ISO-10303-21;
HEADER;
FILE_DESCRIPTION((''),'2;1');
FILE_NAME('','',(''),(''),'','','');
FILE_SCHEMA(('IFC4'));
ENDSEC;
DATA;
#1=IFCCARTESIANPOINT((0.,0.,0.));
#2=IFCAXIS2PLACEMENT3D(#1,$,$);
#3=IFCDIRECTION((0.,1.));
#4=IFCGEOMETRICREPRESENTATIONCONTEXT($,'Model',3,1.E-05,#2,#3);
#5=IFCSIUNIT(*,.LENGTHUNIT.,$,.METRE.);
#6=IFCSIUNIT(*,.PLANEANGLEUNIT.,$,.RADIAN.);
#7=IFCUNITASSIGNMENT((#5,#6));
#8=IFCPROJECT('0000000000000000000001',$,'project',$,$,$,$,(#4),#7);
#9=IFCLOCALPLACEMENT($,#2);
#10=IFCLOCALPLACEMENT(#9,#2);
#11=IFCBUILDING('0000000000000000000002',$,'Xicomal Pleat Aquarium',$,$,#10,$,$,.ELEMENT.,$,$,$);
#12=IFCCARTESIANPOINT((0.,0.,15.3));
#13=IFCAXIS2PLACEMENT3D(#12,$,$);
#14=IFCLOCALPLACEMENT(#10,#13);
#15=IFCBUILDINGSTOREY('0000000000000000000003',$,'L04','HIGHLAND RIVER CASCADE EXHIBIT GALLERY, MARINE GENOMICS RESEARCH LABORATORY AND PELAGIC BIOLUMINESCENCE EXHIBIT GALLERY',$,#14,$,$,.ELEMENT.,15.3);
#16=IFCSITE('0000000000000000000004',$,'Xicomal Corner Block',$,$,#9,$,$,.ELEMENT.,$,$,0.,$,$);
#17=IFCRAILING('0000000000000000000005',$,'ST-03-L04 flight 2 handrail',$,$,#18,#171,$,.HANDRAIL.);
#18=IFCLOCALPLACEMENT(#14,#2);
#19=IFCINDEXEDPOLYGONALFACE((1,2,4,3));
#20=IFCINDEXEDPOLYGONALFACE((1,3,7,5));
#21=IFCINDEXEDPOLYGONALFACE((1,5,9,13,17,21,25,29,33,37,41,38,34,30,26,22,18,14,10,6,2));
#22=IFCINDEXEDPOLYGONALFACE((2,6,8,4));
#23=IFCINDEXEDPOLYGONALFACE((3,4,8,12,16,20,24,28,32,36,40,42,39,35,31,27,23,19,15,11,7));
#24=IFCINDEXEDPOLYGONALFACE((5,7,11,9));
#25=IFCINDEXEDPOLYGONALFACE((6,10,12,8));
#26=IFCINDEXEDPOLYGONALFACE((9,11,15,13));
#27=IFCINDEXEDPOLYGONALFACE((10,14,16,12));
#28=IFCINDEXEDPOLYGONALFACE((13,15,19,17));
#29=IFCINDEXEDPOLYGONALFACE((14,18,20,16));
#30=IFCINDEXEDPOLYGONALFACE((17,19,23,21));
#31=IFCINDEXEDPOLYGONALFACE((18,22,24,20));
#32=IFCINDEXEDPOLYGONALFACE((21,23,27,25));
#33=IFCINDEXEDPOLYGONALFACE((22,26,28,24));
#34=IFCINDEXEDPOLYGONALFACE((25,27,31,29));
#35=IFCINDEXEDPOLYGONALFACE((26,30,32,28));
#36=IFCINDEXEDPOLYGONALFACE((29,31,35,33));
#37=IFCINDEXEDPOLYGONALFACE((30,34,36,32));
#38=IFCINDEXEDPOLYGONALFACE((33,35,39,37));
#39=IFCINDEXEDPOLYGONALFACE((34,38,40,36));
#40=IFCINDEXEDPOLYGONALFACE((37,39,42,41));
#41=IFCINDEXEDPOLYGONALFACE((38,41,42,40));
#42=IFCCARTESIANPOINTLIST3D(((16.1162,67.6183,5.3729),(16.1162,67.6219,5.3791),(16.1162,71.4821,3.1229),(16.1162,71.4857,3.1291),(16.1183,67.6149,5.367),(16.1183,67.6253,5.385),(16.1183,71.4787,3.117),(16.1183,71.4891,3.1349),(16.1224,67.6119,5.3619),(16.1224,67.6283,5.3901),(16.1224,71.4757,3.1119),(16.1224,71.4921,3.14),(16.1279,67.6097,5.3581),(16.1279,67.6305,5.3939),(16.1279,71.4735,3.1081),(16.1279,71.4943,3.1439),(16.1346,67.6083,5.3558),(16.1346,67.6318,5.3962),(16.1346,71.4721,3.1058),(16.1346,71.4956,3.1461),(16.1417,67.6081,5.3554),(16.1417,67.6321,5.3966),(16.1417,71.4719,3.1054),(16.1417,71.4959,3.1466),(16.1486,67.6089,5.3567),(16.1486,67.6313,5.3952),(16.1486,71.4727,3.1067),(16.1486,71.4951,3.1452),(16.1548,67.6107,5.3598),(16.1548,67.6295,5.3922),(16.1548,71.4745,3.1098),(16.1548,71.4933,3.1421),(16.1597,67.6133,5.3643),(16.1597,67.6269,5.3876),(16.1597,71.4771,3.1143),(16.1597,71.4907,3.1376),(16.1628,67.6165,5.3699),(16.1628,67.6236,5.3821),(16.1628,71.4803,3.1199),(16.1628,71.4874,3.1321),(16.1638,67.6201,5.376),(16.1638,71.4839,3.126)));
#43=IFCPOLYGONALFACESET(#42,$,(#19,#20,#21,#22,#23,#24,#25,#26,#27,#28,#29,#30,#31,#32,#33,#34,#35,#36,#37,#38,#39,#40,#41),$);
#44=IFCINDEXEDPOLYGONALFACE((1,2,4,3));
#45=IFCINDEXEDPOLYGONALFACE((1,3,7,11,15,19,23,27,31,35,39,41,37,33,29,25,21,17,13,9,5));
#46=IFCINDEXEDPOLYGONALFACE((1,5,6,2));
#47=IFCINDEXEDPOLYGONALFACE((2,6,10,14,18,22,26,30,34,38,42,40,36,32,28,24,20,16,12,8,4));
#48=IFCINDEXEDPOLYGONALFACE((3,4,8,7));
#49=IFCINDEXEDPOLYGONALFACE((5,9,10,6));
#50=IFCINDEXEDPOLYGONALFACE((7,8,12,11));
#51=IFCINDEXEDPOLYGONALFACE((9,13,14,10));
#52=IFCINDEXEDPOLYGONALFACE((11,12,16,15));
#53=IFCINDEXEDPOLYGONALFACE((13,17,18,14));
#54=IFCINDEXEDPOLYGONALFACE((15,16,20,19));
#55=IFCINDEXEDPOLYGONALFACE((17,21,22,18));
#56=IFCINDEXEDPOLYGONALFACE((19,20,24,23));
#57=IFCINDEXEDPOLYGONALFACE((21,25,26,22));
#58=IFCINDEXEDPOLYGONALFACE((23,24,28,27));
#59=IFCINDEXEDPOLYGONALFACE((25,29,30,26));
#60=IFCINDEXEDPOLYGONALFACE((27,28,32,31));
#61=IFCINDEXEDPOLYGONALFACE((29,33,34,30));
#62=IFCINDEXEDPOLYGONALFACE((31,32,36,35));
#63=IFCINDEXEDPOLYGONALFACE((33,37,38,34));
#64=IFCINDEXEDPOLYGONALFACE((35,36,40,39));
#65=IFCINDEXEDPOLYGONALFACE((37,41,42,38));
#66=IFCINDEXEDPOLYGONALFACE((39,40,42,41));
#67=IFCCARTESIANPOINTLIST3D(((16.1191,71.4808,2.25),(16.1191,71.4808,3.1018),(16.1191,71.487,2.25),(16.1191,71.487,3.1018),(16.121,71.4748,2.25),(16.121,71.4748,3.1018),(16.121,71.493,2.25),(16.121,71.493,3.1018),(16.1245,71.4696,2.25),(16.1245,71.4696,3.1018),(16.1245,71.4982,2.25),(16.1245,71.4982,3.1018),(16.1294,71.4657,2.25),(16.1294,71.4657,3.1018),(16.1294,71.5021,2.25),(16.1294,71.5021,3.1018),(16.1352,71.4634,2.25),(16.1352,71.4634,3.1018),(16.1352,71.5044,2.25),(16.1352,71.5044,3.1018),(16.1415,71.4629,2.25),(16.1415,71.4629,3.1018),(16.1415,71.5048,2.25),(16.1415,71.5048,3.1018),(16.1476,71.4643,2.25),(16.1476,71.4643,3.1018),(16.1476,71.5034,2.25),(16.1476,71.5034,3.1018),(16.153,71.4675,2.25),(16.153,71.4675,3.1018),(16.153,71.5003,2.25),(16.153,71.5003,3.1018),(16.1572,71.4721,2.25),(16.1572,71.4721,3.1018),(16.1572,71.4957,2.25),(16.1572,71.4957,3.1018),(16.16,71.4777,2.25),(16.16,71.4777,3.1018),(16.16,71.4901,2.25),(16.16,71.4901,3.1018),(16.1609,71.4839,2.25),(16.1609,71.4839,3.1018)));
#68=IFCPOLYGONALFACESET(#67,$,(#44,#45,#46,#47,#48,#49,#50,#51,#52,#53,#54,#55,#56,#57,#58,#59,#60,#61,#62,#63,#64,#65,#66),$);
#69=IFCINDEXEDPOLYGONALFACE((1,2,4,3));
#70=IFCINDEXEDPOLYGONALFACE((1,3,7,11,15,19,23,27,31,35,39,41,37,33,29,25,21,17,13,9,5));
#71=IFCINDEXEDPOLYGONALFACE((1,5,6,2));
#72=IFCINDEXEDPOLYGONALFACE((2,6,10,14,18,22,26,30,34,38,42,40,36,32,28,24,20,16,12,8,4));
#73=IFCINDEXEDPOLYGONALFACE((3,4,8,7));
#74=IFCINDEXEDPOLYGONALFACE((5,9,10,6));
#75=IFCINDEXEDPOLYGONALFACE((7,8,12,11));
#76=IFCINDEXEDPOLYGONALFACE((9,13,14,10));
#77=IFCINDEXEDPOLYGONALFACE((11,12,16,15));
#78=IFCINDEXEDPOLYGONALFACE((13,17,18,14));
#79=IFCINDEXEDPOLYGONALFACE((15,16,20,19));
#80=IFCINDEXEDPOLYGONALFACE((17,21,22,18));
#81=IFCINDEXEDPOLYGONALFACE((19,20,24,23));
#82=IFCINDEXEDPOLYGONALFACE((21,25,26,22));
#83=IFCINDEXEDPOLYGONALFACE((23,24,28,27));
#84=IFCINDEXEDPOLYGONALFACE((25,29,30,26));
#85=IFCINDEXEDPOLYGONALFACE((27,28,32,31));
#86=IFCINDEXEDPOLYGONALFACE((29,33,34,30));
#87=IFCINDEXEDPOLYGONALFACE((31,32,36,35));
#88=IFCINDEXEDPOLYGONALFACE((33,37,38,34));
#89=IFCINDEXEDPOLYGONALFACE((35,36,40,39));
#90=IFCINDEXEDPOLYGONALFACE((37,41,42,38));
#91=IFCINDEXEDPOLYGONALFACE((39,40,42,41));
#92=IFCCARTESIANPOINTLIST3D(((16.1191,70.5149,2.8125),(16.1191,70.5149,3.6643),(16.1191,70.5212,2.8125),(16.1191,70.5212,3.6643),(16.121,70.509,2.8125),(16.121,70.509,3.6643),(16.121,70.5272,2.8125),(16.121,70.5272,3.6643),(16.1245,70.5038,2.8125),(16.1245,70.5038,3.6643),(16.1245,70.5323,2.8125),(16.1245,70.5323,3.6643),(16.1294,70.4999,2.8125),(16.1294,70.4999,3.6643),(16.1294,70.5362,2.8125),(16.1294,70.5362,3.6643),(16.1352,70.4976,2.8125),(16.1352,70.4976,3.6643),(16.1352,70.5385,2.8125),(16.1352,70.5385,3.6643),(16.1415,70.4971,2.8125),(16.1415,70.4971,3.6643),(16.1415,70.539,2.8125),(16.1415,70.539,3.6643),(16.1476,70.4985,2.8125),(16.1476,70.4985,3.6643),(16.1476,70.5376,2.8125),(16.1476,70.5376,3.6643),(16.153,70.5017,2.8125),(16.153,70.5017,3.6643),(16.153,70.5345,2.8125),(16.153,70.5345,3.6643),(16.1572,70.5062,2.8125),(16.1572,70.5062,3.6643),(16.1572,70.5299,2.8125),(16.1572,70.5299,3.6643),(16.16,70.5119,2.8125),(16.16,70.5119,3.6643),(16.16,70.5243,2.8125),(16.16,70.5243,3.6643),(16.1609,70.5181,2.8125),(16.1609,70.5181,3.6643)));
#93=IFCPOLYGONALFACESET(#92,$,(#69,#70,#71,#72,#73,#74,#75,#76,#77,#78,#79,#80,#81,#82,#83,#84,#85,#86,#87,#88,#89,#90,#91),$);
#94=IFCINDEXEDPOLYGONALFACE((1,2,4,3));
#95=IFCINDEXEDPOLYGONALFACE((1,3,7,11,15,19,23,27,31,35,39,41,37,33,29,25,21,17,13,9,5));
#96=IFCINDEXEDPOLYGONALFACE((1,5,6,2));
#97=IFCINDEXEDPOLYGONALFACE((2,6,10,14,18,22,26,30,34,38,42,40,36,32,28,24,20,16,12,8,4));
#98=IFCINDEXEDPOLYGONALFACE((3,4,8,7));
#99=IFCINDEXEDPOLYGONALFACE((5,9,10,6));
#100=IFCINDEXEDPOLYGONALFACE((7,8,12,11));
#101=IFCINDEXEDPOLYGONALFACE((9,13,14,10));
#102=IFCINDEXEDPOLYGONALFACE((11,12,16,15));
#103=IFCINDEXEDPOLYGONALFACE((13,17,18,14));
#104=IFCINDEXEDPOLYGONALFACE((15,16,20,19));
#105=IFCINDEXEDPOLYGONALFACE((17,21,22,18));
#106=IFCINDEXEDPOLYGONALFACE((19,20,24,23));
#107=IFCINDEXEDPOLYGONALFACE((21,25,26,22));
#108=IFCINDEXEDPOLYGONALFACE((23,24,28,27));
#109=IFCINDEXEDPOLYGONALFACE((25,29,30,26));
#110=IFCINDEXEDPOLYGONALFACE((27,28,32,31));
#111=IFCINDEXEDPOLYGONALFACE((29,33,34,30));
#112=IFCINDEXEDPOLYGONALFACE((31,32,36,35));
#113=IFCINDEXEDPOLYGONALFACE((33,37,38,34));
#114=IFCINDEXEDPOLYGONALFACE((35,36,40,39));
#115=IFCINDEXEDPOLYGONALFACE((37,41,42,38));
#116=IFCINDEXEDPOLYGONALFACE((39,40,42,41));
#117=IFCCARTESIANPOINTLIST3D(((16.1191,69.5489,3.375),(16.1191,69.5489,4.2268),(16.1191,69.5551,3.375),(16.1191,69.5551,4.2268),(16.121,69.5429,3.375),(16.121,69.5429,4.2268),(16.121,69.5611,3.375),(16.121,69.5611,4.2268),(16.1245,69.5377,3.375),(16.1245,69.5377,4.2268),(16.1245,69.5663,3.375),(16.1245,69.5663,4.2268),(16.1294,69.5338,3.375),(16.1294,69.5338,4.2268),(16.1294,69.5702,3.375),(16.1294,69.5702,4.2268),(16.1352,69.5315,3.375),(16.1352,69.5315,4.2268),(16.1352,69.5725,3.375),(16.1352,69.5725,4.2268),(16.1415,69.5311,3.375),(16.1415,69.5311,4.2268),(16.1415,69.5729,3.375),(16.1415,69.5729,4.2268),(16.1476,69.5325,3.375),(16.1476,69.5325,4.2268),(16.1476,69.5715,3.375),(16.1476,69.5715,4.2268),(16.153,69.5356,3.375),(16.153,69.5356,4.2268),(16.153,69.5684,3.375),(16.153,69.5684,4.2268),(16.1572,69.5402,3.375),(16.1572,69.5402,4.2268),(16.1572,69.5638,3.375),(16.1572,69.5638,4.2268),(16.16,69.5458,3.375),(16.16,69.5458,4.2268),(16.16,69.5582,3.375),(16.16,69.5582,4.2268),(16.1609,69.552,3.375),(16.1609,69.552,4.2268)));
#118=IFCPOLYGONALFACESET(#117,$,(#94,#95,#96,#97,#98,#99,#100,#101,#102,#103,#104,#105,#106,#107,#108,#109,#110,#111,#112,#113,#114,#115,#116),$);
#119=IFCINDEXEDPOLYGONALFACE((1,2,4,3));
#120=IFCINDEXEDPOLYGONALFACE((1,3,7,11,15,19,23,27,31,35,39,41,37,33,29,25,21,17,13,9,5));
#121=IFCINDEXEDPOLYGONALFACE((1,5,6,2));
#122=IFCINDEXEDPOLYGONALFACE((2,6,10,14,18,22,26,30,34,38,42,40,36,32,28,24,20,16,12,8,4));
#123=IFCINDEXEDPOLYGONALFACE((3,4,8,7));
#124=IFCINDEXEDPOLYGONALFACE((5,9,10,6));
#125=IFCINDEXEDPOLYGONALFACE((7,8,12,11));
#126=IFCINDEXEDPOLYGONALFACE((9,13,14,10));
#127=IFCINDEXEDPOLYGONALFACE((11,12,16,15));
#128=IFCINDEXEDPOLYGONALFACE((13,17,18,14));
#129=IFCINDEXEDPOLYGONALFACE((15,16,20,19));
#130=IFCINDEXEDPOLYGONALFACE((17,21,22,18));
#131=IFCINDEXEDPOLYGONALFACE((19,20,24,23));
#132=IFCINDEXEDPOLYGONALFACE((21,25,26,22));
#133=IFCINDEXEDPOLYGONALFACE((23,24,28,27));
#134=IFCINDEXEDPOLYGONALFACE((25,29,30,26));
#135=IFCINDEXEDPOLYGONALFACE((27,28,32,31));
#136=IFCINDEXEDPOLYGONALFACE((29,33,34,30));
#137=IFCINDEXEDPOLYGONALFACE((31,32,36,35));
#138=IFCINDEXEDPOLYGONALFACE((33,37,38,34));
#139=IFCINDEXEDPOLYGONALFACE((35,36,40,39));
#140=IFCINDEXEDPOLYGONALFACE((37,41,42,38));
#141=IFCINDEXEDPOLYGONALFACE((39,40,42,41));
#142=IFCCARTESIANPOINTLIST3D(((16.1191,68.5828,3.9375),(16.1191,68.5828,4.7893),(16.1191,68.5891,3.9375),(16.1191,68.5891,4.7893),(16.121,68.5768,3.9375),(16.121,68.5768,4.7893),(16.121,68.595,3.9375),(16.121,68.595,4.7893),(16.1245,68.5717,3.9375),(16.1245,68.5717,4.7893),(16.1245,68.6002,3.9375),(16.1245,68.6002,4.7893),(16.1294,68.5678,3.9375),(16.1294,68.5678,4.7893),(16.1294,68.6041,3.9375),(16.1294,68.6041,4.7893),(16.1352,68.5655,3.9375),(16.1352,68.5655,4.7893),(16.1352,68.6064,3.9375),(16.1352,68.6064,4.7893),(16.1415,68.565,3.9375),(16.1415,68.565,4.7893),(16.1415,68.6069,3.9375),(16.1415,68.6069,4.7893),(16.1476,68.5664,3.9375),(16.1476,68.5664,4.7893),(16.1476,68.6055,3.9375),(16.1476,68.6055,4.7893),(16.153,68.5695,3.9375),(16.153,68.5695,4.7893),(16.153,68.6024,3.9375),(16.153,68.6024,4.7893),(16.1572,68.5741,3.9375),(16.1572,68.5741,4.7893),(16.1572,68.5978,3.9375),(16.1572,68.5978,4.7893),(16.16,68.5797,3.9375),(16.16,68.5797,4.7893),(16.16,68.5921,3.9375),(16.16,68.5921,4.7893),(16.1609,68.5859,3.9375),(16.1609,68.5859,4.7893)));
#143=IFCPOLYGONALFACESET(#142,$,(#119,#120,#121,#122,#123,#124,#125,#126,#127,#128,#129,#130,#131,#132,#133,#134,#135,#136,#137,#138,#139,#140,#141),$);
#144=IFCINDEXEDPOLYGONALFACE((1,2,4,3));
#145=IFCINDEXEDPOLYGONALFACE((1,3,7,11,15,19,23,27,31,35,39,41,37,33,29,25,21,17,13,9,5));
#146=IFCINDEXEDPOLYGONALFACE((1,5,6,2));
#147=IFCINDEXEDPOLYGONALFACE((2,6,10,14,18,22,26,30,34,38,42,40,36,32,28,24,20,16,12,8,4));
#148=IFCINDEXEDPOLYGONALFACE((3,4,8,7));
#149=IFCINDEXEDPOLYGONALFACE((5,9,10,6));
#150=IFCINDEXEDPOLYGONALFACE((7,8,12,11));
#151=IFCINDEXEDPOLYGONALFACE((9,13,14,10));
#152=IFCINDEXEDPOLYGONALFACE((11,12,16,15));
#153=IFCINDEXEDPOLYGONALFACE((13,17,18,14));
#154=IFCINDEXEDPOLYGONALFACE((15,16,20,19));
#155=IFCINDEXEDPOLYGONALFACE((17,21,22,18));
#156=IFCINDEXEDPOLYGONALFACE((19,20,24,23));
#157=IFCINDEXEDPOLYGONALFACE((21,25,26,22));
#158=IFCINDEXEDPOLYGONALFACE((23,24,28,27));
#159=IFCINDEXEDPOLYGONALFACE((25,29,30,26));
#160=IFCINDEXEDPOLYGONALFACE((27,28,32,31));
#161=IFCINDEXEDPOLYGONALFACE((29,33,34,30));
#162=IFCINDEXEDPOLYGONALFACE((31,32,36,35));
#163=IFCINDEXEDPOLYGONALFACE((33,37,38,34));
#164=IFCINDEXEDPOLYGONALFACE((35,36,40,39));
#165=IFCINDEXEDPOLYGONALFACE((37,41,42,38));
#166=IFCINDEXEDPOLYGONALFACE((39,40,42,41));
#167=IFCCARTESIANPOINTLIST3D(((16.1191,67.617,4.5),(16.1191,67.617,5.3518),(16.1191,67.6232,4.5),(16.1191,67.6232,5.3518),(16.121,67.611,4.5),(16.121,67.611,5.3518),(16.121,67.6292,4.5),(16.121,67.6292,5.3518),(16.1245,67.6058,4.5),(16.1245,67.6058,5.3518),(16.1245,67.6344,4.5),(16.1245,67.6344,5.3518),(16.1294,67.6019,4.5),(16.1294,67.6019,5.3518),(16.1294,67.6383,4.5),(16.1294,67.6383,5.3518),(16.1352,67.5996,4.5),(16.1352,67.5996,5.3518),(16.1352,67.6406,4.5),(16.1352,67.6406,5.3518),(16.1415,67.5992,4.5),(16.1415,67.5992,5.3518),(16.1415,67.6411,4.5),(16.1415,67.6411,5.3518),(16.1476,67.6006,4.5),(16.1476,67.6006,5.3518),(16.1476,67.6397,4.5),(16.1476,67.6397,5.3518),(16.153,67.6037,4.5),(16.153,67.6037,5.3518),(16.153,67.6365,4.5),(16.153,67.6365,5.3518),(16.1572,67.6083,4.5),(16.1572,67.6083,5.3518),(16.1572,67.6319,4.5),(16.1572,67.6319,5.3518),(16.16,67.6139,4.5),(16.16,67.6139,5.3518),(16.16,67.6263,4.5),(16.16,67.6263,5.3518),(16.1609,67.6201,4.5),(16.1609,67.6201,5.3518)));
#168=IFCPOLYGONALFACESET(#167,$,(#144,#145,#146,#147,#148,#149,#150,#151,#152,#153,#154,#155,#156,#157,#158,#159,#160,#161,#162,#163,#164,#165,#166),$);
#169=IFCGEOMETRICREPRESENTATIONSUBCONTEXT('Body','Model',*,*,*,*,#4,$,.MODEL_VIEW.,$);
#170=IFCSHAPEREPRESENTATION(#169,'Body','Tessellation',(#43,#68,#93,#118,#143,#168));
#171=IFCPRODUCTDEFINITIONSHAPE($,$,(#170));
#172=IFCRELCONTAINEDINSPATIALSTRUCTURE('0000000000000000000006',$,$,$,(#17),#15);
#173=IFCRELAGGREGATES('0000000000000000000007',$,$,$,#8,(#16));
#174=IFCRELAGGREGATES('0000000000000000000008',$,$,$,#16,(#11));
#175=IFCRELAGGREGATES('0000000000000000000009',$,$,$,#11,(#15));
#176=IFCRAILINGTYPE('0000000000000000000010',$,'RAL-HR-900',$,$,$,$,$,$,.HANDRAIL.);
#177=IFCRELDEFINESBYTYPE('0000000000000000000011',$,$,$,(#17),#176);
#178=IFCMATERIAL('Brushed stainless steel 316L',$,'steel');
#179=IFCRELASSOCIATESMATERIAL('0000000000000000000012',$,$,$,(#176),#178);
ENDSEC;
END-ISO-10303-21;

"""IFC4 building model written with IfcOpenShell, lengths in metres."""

from ifc_helpers import new_model, si_unit, direction, frame, origin, origin_2d, place, context, subcontext, project, spatial, circle, extrude, material, type_object, element, save


model = new_model("IFC4")

# Units and contexts
model_context = context("Model", 3, precision=1e-05, world=origin(), true_north=direction((0.0, 1.0)))
body_context = subcontext(model_context, "Body", "Model", "MODEL_VIEW")
ifc_project = project(units=[si_unit("LENGTHUNIT", "METRE"), si_unit("PLANEANGLEUNIT", "RADIAN")], contexts=[model_context])

# Site, building, storey
site_placement = place(None, origin())
site = spatial("IfcSite", under=ifc_project, at=site_placement, Name="Xicomal Corner Block", CompositionType="ELEMENT", RefElevation=0.0)
building_placement = place(site_placement, origin())
building = spatial("IfcBuilding", under=site, at=building_placement, Name="Xicomal Pleat Aquarium", CompositionType="ELEMENT")
storey_placement = place(building_placement, frame((0.0, 0.0, 15.3)))
storey = spatial("IfcBuildingStorey", under=building, at=storey_placement, Name="L04", Description="HIGHLAND RIVER CASCADE EXHIBIT GALLERY, MARINE GENOMICS RESEARCH LABORATORY AND PELAGIC BIOLUMINESCENCE EXHIBIT GALLERY", CompositionType="ELEMENT", Elevation=15.3)

# Railing
ifc_material_1 = material(Name="Brushed stainless steel 316L", Category="steel")
railing_type = type_object("IfcRailingType", Name="RAL-HR-900", PredefinedType="HANDRAIL", material=ifc_material_1)
railing_placement = place(storey_placement, frame((16.1399, 71.4839, 2.25)))
element("IfcRailing", 1, at=railing_placement, inside=storey, type_object=railing_type, Name="ST-03-L04 flight 2 handrail", PredefinedType="HANDRAIL", context=body_context, shape_type="SweptSolid", body=[
    extrude(circle(Radius=0.0239, at=origin_2d()), frame((0.0, 0.0, 0.876), z_axis=(0.0, -0.864155, 0.503226), x_axis=(1.0, 0.0, 0.0)), (0.0, 0.0, 1.0), 4.4712),
    extrude(circle(Radius=0.021, at=origin_2d()), origin(), (0.0, 0.0, 1.0), 0.8518),
    extrude(circle(Radius=0.021, at=origin_2d()), frame((0.0, -0.9658, 0.5625)), (0.0, 0.0, 1.0), 0.8518),
    extrude(circle(Radius=0.021, at=origin_2d()), frame((0.0, -1.9319, 1.125)), (0.0, 0.0, 1.0), 0.8518),
    extrude(circle(Radius=0.021, at=origin_2d()), frame((0.0, -2.8979, 1.6875)), (0.0, 0.0, 1.0), 0.8518),
    extrude(circle(Radius=0.021, at=origin_2d()), frame((0.0, -3.8638, 2.25)), (0.0, 0.0, 1.0), 0.8518),
])

save(model, "model.ifc")
